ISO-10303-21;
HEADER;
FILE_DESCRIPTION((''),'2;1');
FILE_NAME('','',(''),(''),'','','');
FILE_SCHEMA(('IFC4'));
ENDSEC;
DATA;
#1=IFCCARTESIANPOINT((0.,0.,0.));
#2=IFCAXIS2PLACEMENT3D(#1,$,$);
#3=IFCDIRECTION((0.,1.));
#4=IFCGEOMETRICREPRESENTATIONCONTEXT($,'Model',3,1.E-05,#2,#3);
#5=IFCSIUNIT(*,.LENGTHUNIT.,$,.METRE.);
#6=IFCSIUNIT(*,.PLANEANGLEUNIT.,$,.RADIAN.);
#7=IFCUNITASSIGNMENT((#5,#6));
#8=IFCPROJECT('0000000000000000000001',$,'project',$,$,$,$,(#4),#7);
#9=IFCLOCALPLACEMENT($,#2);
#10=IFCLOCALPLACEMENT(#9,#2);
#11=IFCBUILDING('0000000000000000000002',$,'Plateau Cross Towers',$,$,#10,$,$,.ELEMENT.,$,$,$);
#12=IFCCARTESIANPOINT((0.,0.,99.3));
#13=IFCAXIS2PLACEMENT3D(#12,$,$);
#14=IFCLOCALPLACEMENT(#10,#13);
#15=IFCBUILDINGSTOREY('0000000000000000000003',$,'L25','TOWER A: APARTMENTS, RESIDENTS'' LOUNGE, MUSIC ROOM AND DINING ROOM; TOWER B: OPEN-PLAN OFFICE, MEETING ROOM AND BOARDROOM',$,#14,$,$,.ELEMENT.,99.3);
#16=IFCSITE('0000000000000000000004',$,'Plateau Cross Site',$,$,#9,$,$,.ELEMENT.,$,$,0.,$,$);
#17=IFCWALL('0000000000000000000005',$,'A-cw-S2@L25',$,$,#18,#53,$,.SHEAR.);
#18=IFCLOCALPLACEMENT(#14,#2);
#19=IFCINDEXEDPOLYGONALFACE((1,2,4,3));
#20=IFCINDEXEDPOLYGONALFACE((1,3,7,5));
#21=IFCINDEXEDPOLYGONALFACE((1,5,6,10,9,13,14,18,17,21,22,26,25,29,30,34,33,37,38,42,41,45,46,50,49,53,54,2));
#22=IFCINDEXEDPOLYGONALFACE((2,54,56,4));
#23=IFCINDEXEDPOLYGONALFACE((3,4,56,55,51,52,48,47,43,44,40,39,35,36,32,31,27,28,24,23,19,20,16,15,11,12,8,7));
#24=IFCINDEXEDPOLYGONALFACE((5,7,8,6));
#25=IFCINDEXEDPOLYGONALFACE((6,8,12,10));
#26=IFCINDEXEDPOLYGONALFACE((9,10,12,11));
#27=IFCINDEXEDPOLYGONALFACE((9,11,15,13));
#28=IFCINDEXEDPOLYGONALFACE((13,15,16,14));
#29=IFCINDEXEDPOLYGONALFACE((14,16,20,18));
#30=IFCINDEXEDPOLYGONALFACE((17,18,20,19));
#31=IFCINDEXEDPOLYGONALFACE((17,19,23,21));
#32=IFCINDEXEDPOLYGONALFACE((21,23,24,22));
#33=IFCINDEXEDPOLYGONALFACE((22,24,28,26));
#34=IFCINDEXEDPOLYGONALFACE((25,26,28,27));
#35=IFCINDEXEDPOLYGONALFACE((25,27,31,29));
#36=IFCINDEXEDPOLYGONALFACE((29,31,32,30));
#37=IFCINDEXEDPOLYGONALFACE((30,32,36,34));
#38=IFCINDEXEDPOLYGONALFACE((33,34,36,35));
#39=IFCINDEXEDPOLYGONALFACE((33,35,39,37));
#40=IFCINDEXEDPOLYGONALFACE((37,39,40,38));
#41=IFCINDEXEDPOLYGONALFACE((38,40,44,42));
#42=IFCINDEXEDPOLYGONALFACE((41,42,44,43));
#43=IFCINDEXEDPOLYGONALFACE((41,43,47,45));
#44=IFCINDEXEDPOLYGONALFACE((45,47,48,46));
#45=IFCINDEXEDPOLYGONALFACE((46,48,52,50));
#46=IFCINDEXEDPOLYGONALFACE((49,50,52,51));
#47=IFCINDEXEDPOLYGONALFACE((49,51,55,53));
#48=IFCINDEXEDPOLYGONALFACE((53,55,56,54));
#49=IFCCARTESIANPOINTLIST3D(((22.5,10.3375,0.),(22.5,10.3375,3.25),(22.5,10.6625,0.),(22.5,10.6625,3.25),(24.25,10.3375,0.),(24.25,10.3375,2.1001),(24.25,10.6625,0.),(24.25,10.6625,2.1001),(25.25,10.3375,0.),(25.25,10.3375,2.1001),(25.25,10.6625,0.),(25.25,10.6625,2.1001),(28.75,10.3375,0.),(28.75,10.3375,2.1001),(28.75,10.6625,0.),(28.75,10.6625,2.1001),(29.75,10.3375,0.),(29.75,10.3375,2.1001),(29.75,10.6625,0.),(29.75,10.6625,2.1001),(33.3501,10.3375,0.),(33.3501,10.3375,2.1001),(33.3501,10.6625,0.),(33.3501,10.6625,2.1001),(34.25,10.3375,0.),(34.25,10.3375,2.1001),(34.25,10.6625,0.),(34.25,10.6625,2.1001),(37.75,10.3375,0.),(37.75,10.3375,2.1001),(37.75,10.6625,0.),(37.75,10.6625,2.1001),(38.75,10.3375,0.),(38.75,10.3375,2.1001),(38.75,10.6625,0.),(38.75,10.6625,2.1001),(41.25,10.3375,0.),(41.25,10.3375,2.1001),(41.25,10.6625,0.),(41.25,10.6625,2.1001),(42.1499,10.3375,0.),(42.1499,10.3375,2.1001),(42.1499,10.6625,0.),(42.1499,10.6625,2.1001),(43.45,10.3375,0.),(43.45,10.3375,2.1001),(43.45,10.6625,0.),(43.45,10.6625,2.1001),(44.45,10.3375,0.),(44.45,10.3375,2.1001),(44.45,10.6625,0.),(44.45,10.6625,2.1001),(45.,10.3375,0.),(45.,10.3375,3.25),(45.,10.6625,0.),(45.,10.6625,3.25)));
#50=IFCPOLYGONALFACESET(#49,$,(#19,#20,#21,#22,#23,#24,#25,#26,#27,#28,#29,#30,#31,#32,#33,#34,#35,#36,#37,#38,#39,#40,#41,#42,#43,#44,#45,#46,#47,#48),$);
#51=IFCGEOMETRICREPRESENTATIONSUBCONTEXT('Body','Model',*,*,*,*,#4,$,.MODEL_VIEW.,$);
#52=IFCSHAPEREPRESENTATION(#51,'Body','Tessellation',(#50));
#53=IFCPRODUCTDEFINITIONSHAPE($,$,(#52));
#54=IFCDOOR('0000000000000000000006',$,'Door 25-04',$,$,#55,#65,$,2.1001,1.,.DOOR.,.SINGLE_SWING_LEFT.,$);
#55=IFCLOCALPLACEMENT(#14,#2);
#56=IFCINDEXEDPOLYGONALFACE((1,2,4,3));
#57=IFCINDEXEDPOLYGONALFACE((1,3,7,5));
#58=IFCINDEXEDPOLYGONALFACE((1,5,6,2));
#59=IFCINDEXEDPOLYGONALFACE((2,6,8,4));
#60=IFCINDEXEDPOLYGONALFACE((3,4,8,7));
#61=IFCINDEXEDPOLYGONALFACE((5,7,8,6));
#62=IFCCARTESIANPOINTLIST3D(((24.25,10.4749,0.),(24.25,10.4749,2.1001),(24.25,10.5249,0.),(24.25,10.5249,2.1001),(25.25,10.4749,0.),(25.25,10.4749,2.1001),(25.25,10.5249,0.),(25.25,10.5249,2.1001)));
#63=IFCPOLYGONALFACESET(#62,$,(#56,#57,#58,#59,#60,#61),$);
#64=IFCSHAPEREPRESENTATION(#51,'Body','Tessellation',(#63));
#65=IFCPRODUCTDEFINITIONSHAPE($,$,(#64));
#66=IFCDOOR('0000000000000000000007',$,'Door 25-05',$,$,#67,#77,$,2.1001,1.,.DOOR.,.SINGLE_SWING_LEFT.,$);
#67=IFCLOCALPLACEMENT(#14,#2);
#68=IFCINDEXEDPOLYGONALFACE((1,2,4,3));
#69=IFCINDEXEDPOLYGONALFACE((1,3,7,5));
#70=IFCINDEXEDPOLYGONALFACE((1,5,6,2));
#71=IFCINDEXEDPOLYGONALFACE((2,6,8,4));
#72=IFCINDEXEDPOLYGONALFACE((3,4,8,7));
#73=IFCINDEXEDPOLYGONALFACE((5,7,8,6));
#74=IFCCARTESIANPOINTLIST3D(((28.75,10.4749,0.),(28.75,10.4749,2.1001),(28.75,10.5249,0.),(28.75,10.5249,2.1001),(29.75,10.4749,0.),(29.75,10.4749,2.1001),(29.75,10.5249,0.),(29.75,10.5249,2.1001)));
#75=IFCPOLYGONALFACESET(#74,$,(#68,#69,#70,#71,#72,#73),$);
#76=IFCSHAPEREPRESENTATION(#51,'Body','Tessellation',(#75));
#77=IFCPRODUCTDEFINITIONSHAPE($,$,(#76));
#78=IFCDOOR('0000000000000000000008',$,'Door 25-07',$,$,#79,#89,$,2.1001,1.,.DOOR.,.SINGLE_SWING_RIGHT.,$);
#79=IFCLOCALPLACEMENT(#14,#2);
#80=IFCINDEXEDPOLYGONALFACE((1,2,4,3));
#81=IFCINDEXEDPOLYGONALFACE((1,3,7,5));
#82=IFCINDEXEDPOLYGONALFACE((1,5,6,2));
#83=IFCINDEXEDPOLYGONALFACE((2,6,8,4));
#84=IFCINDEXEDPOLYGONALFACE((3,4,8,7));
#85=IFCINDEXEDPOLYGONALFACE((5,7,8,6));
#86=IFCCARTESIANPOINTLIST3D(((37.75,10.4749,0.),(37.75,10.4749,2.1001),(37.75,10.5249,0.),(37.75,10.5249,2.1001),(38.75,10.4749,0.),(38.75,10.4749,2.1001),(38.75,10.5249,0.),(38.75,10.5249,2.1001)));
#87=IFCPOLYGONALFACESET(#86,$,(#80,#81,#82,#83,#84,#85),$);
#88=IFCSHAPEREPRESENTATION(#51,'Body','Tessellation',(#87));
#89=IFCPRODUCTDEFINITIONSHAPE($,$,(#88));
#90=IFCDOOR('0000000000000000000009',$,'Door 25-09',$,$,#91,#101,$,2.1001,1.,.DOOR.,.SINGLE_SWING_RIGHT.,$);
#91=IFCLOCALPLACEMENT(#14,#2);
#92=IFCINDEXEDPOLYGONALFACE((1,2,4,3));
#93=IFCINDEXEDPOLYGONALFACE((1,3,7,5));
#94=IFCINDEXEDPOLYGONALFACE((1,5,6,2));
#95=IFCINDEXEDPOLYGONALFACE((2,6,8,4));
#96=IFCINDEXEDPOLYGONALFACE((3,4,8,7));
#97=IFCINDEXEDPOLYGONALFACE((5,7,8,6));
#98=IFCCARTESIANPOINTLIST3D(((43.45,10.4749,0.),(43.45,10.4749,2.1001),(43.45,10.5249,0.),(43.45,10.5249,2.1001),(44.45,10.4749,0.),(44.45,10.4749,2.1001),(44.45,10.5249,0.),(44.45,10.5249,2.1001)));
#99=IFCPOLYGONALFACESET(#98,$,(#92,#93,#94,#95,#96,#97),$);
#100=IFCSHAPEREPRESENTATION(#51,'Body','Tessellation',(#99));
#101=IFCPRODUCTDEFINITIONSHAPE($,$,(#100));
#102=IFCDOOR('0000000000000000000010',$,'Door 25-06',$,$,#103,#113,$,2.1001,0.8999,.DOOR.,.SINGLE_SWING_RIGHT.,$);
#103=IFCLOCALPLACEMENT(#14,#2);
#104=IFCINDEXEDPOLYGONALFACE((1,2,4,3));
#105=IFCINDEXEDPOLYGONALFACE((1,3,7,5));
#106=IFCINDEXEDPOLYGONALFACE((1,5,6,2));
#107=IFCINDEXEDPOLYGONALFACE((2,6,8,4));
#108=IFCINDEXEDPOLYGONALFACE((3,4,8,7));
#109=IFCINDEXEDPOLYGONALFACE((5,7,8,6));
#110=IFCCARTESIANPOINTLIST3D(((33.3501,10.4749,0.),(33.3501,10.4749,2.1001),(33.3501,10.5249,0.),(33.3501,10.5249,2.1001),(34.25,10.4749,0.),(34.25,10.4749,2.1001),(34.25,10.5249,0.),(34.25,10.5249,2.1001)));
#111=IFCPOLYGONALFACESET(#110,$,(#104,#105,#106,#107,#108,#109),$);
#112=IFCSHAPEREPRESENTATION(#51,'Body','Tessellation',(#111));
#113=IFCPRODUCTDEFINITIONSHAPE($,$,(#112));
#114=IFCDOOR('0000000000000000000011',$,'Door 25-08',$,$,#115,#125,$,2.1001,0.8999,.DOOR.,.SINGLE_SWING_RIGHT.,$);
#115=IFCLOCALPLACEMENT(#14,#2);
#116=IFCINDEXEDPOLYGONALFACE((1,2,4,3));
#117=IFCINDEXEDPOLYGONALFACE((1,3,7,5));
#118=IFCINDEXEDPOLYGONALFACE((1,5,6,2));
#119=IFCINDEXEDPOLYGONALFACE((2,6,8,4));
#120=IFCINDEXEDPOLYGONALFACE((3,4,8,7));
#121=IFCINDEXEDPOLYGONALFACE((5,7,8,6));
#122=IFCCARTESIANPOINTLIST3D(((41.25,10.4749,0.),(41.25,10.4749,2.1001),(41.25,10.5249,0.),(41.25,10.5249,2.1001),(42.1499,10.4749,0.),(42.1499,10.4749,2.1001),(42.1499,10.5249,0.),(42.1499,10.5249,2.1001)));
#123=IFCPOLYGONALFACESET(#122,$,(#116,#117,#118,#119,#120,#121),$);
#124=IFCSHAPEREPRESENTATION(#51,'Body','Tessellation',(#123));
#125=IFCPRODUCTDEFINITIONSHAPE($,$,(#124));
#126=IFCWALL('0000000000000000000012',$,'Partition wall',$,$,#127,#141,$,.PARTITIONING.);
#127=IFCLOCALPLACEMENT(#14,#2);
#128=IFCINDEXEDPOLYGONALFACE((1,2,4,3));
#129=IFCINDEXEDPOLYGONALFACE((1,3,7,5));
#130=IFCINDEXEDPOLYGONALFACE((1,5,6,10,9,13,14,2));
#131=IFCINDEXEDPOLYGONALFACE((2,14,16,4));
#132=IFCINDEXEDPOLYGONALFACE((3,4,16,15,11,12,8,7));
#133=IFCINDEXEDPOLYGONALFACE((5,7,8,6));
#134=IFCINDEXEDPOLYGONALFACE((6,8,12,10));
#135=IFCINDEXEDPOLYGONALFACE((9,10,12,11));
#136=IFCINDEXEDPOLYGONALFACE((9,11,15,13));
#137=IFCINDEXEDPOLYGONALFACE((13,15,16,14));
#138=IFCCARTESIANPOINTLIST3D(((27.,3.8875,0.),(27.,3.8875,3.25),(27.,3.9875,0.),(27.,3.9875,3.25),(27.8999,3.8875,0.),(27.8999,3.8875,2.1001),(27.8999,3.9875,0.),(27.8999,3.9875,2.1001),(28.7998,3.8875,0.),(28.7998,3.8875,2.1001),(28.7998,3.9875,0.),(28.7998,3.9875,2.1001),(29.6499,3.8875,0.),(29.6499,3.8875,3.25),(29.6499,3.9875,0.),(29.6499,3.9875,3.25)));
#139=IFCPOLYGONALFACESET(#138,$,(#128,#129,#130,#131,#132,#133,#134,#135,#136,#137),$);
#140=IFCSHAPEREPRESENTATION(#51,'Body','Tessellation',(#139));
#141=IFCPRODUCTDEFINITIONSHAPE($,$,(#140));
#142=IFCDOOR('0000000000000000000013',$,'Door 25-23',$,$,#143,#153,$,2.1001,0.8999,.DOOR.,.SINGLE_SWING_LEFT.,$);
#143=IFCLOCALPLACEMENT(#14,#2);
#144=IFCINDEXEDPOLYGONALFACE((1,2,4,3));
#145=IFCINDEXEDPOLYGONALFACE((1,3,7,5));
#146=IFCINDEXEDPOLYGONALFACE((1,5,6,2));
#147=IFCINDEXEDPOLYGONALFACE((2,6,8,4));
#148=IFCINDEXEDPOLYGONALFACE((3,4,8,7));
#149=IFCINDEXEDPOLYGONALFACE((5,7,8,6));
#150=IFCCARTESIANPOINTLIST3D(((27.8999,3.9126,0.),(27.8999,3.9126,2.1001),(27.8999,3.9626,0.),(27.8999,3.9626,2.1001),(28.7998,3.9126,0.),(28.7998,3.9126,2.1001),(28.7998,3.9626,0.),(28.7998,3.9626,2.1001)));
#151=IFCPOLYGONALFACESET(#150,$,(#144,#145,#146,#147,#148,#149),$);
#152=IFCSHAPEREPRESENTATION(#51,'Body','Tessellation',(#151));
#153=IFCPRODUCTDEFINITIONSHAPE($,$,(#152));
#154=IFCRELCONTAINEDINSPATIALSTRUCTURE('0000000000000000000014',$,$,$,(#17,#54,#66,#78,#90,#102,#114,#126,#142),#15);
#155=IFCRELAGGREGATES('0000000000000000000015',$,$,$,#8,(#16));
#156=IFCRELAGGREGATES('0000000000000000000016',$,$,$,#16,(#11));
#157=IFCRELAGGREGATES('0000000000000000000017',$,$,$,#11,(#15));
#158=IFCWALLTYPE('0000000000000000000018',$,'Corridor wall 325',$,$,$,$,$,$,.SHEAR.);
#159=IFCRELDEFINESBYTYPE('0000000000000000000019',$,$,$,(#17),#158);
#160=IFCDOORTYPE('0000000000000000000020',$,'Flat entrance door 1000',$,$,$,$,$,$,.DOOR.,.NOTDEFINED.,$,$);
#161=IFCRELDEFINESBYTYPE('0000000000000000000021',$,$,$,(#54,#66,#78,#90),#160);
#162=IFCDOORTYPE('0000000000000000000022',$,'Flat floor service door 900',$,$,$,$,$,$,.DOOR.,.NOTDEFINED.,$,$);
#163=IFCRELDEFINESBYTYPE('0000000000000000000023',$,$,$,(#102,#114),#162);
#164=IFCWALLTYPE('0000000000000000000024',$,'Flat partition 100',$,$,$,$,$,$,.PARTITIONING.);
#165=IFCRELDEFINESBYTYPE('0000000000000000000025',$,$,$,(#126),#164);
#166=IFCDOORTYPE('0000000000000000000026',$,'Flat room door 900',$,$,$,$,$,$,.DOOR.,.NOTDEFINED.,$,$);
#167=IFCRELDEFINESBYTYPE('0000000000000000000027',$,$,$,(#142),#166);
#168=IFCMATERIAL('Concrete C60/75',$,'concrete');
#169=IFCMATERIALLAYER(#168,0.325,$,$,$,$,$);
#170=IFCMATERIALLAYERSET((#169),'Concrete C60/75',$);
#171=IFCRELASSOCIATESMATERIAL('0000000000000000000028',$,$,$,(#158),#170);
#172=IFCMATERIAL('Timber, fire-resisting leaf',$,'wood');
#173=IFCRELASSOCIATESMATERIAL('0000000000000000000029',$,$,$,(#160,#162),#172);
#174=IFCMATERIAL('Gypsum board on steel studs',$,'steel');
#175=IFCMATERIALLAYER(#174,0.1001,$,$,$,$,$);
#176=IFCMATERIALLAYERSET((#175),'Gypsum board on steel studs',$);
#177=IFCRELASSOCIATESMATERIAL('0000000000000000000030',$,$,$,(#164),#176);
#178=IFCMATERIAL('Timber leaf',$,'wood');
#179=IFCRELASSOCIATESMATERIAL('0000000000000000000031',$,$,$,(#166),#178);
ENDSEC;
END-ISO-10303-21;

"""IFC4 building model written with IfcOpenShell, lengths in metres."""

from ifc_helpers import new_model, si_unit, direction, frame, frame_2d, origin, place, context, subcontext, project, spatial, rectangle, extrude, material, layer, layer_set, type_object, element, fill, save


model = new_model("IFC4")

# Units and contexts
model_context = context("Model", 3, precision=1e-05, world=origin(), true_north=direction((0.0, 1.0)))
body_context = subcontext(model_context, "Body", "Model", "MODEL_VIEW")
ifc_project = project(units=[si_unit("LENGTHUNIT", "METRE"), si_unit("PLANEANGLEUNIT", "RADIAN")], contexts=[model_context])

# Site, building, storey
site_placement = place(None, origin())
site = spatial("IfcSite", under=ifc_project, at=site_placement, Name="Plateau Cross Site", CompositionType="ELEMENT", RefElevation=0.0)
building_placement = place(site_placement, origin())
building = spatial("IfcBuilding", under=site, at=building_placement, Name="Plateau Cross Towers", CompositionType="ELEMENT")
storey_placement = place(building_placement, frame((0.0, 0.0, 99.3)))
storey = spatial("IfcBuildingStorey", under=building, at=storey_placement, Name="L25", Description="TOWER A: APARTMENTS, RESIDENTS' LOUNGE, MUSIC ROOM AND DINING ROOM; TOWER B: OPEN-PLAN OFFICE, MEETING ROOM AND BOARDROOM", CompositionType="ELEMENT", Elevation=99.3)

# Wall, openings, doors
ifc_material_1 = material(Name="Concrete C60/75", Category="concrete")
ifc_layer_1 = layer(ifc_material_1, 0.325)
ifc_layer_set_1 = layer_set([ifc_layer_1], Name="Concrete C60/75")
wall_type_1 = type_object("IfcWallType", Name="Corridor wall 325", PredefinedType="SHEAR", material=ifc_layer_set_1)
ifc_material_2 = material(Name="Timber, fire-resisting leaf", Category="wood")
door_type_1 = type_object("IfcDoorType", Name="Flat entrance door 1000", OperationType="NOTDEFINED", PredefinedType="DOOR", material=ifc_material_2)
wall_1_placement = place(storey_placement, frame((22.5, 10.5, 0.0), z_axis=(0.0, 0.0, 1.0), x_axis=(1.0, 0.0, 0.0)))
wall_1 = element("IfcWall", 1, at=wall_1_placement, inside=storey, type_object=wall_type_1, Name="A-cw-S2@L25", PredefinedType="SHEAR", context=body_context, shape_type="SweptSolid", body=[
    extrude(rectangle(XDim=22.5, YDim=0.325, at=frame_2d((11.25, 0.0))), origin(), (0.0, 0.0, 1.0), 3.25),
])
opening_1_placement = place(wall_1_placement, frame((1.75, 0.0, 0.0)))
opening_1 = element("IfcOpeningElement", 2, at=opening_1_placement, cuts=wall_1, PredefinedType="OPENING", context=body_context, shape_type="SweptSolid", body=[
    extrude(rectangle(XDim=1.0, YDim=2.1001, at=frame_2d((0.5, 1.05))), frame((0.0, 0.1724, 0.0), z_axis=(0.0, -1.0, 0.0), x_axis=(1.0, 0.0, 0.0)), (0.0, 0.0, 1.0), 0.345),
])
opening_2_placement = place(wall_1_placement, frame((6.25, 0.0, 0.0)))
opening_2 = element("IfcOpeningElement", 3, at=opening_2_placement, cuts=wall_1, PredefinedType="OPENING", context=body_context, shape_type="SweptSolid", body=[
    extrude(rectangle(XDim=1.0, YDim=2.1001, at=frame_2d((0.5, 1.05))), frame((0.0, 0.1724, 0.0), z_axis=(0.0, -1.0, 0.0), x_axis=(1.0, 0.0, 0.0)), (0.0, 0.0, 1.0), 0.345),
])
opening_3_placement = place(wall_1_placement, frame((10.8501, 0.0, 0.0)))
opening_3 = element("IfcOpeningElement", 4, at=opening_3_placement, cuts=wall_1, PredefinedType="OPENING", context=body_context, shape_type="SweptSolid", body=[
    extrude(rectangle(XDim=0.8999, YDim=2.1001, at=frame_2d((0.45, 1.05))), frame((0.0, 0.1724, 0.0), z_axis=(0.0, -1.0, 0.0), x_axis=(1.0, 0.0, 0.0)), (0.0, 0.0, 1.0), 0.345),
])
opening_4_placement = place(wall_1_placement, frame((15.25, 0.0, 0.0)))
opening_4 = element("IfcOpeningElement", 5, at=opening_4_placement, cuts=wall_1, PredefinedType="OPENING", context=body_context, shape_type="SweptSolid", body=[
    extrude(rectangle(XDim=1.0, YDim=2.1001, at=frame_2d((0.5, 1.05))), frame((0.0, 0.1724, 0.0), z_axis=(0.0, -1.0, 0.0), x_axis=(1.0, 0.0, 0.0)), (0.0, 0.0, 1.0), 0.345),
])
opening_5_placement = place(wall_1_placement, frame((18.75, 0.0, 0.0)))
opening_5 = element("IfcOpeningElement", 6, at=opening_5_placement, cuts=wall_1, PredefinedType="OPENING", context=body_context, shape_type="SweptSolid", body=[
    extrude(rectangle(XDim=0.8999, YDim=2.1001, at=frame_2d((0.45, 1.05))), frame((0.0, 0.1724, 0.0), z_axis=(0.0, -1.0, 0.0), x_axis=(1.0, 0.0, 0.0)), (0.0, 0.0, 1.0), 0.345),
])
opening_6_placement = place(wall_1_placement, frame((20.95, 0.0, 0.0)))
opening_6 = element("IfcOpeningElement", 7, at=opening_6_placement, cuts=wall_1, PredefinedType="OPENING", context=body_context, shape_type="SweptSolid", body=[
    extrude(rectangle(XDim=1.0, YDim=2.1001, at=frame_2d((0.5, 1.05))), frame((0.0, 0.1724, 0.0), z_axis=(0.0, -1.0, 0.0), x_axis=(1.0, 0.0, 0.0)), (0.0, 0.0, 1.0), 0.345),
])
door_1_placement = place(opening_1_placement, origin())
door_1 = element("IfcDoor", 8, at=door_1_placement, inside=storey, type_object=door_type_1, Name="Door 25-04", OperationType="SINGLE_SWING_LEFT", OverallHeight=2.1001, OverallWidth=1.0, PredefinedType="DOOR", context=body_context, shape_type="SweptSolid", body=[
    extrude(rectangle(XDim=1.0, YDim=2.1001, at=frame_2d((0.5, 1.05))), frame((0.0, 0.0249, 0.0), z_axis=(0.0, -1.0, 0.0), x_axis=(1.0, 0.0, 0.0)), (0.0, 0.0, 1.0), 0.05),
])
fill(opening_1, door_1)
door_2_placement = place(opening_2_placement, origin())
door_2 = element("IfcDoor", 9, at=door_2_placement, inside=storey, type_object=door_type_1, Name="Door 25-05", OperationType="SINGLE_SWING_LEFT", OverallHeight=2.1001, OverallWidth=1.0, PredefinedType="DOOR", context=body_context, shape_type="SweptSolid", body=[
    extrude(rectangle(XDim=1.0, YDim=2.1001, at=frame_2d((0.5, 1.05))), frame((0.0, 0.0249, 0.0), z_axis=(0.0, -1.0, 0.0), x_axis=(1.0, 0.0, 0.0)), (0.0, 0.0, 1.0), 0.05),
])
fill(opening_2, door_2)
door_3_placement = place(opening_4_placement, origin())
door_3 = element("IfcDoor", 10, at=door_3_placement, inside=storey, type_object=door_type_1, Name="Door 25-07", OperationType="SINGLE_SWING_RIGHT", OverallHeight=2.1001, OverallWidth=1.0, PredefinedType="DOOR", context=body_context, shape_type="SweptSolid", body=[
    extrude(rectangle(XDim=1.0, YDim=2.1001, at=frame_2d((0.5, 1.05))), frame((0.0, 0.0249, 0.0), z_axis=(0.0, -1.0, 0.0), x_axis=(1.0, 0.0, 0.0)), (0.0, 0.0, 1.0), 0.05),
])
fill(opening_4, door_3)
door_4_placement = place(opening_6_placement, origin())
door_4 = element("IfcDoor", 11, at=door_4_placement, inside=storey, type_object=door_type_1, Name="Door 25-09", OperationType="SINGLE_SWING_RIGHT", OverallHeight=2.1001, OverallWidth=1.0, PredefinedType="DOOR", context=body_context, shape_type="SweptSolid", body=[
    extrude(rectangle(XDim=1.0, YDim=2.1001, at=frame_2d((0.5, 1.05))), frame((0.0, 0.0249, 0.0), z_axis=(0.0, -1.0, 0.0), x_axis=(1.0, 0.0, 0.0)), (0.0, 0.0, 1.0), 0.05),
])
fill(opening_6, door_4)
door_type_2 = type_object("IfcDoorType", Name="Flat floor service door 900", OperationType="NOTDEFINED", PredefinedType="DOOR", material=ifc_material_2)
door_5_placement = place(opening_3_placement, origin())
door_5 = element("IfcDoor", 12, at=door_5_placement, inside=storey, type_object=door_type_2, Name="Door 25-06", OperationType="SINGLE_SWING_RIGHT", OverallHeight=2.1001, OverallWidth=0.8999, PredefinedType="DOOR", context=body_context, shape_type="SweptSolid", body=[
    extrude(rectangle(XDim=0.8999, YDim=2.1001, at=frame_2d((0.45, 1.05))), frame((0.0, 0.0249, 0.0), z_axis=(0.0, -1.0, 0.0), x_axis=(1.0, 0.0, 0.0)), (0.0, 0.0, 1.0), 0.05),
])
fill(opening_3, door_5)
door_6_placement = place(opening_5_placement, origin())
door_6 = element("IfcDoor", 13, at=door_6_placement, inside=storey, type_object=door_type_2, Name="Door 25-08", OperationType="SINGLE_SWING_RIGHT", OverallHeight=2.1001, OverallWidth=0.8999, PredefinedType="DOOR", context=body_context, shape_type="SweptSolid", body=[
    extrude(rectangle(XDim=0.8999, YDim=2.1001, at=frame_2d((0.45, 1.05))), frame((0.0, 0.0249, 0.0), z_axis=(0.0, -1.0, 0.0), x_axis=(1.0, 0.0, 0.0)), (0.0, 0.0, 1.0), 0.05),
])
fill(opening_5, door_6)

# Wall, opening, door
ifc_material_3 = material(Name="Gypsum board on steel studs", Category="steel")
ifc_layer_2 = layer(ifc_material_3, 0.1001)
ifc_layer_set_2 = layer_set([ifc_layer_2], Name="Gypsum board on steel studs")
wall_type_2 = type_object("IfcWallType", Name="Flat partition 100", PredefinedType="PARTITIONING", material=ifc_layer_set_2)
wall_2_placement = place(storey_placement, frame((29.6499, 3.9375, 0.0), z_axis=(0.0, 0.0, 1.0), x_axis=(-1.0, 0.0, 0.0)))
wall_2 = element("IfcWall", 14, at=wall_2_placement, inside=storey, type_object=wall_type_2, Name="Partition wall", PredefinedType="PARTITIONING", context=body_context, shape_type="SweptSolid", body=[
    extrude(rectangle(XDim=2.6499, YDim=0.1001, at=frame_2d((1.325, 0.0))), origin(), (0.0, 0.0, 1.0), 3.25),
])
opening_7_placement = place(wall_2_placement, frame((0.8501, 0.0, 0.0)))
opening_7 = element("IfcOpeningElement", 15, at=opening_7_placement, cuts=wall_2, PredefinedType="OPENING", context=body_context, shape_type="SweptSolid", body=[
    extrude(rectangle(XDim=0.8999, YDim=2.1001, at=frame_2d((0.45, 1.05))), frame((0.0, 0.0601, 0.0), z_axis=(0.0, -1.0, 0.0), x_axis=(1.0, 0.0, 0.0)), (0.0, 0.0, 1.0), 0.1201),
])
ifc_material_4 = material(Name="Timber leaf", Category="wood")
door_type_3 = type_object("IfcDoorType", Name="Flat room door 900", OperationType="NOTDEFINED", PredefinedType="DOOR", material=ifc_material_4)
door_7_placement = place(opening_7_placement, origin())
door_7 = element("IfcDoor", 16, at=door_7_placement, inside=storey, type_object=door_type_3, Name="Door 25-23", OperationType="SINGLE_SWING_LEFT", OverallHeight=2.1001, OverallWidth=0.8999, PredefinedType="DOOR", context=body_context, shape_type="SweptSolid", body=[
    extrude(rectangle(XDim=0.8999, YDim=2.1001, at=frame_2d((0.45, 1.05))), frame((0.0, 0.0249, 0.0), z_axis=(0.0, -1.0, 0.0), x_axis=(1.0, 0.0, 0.0)), (0.0, 0.0, 1.0), 0.05),
])
fill(opening_7, door_7)

save(model, "model.ifc")
